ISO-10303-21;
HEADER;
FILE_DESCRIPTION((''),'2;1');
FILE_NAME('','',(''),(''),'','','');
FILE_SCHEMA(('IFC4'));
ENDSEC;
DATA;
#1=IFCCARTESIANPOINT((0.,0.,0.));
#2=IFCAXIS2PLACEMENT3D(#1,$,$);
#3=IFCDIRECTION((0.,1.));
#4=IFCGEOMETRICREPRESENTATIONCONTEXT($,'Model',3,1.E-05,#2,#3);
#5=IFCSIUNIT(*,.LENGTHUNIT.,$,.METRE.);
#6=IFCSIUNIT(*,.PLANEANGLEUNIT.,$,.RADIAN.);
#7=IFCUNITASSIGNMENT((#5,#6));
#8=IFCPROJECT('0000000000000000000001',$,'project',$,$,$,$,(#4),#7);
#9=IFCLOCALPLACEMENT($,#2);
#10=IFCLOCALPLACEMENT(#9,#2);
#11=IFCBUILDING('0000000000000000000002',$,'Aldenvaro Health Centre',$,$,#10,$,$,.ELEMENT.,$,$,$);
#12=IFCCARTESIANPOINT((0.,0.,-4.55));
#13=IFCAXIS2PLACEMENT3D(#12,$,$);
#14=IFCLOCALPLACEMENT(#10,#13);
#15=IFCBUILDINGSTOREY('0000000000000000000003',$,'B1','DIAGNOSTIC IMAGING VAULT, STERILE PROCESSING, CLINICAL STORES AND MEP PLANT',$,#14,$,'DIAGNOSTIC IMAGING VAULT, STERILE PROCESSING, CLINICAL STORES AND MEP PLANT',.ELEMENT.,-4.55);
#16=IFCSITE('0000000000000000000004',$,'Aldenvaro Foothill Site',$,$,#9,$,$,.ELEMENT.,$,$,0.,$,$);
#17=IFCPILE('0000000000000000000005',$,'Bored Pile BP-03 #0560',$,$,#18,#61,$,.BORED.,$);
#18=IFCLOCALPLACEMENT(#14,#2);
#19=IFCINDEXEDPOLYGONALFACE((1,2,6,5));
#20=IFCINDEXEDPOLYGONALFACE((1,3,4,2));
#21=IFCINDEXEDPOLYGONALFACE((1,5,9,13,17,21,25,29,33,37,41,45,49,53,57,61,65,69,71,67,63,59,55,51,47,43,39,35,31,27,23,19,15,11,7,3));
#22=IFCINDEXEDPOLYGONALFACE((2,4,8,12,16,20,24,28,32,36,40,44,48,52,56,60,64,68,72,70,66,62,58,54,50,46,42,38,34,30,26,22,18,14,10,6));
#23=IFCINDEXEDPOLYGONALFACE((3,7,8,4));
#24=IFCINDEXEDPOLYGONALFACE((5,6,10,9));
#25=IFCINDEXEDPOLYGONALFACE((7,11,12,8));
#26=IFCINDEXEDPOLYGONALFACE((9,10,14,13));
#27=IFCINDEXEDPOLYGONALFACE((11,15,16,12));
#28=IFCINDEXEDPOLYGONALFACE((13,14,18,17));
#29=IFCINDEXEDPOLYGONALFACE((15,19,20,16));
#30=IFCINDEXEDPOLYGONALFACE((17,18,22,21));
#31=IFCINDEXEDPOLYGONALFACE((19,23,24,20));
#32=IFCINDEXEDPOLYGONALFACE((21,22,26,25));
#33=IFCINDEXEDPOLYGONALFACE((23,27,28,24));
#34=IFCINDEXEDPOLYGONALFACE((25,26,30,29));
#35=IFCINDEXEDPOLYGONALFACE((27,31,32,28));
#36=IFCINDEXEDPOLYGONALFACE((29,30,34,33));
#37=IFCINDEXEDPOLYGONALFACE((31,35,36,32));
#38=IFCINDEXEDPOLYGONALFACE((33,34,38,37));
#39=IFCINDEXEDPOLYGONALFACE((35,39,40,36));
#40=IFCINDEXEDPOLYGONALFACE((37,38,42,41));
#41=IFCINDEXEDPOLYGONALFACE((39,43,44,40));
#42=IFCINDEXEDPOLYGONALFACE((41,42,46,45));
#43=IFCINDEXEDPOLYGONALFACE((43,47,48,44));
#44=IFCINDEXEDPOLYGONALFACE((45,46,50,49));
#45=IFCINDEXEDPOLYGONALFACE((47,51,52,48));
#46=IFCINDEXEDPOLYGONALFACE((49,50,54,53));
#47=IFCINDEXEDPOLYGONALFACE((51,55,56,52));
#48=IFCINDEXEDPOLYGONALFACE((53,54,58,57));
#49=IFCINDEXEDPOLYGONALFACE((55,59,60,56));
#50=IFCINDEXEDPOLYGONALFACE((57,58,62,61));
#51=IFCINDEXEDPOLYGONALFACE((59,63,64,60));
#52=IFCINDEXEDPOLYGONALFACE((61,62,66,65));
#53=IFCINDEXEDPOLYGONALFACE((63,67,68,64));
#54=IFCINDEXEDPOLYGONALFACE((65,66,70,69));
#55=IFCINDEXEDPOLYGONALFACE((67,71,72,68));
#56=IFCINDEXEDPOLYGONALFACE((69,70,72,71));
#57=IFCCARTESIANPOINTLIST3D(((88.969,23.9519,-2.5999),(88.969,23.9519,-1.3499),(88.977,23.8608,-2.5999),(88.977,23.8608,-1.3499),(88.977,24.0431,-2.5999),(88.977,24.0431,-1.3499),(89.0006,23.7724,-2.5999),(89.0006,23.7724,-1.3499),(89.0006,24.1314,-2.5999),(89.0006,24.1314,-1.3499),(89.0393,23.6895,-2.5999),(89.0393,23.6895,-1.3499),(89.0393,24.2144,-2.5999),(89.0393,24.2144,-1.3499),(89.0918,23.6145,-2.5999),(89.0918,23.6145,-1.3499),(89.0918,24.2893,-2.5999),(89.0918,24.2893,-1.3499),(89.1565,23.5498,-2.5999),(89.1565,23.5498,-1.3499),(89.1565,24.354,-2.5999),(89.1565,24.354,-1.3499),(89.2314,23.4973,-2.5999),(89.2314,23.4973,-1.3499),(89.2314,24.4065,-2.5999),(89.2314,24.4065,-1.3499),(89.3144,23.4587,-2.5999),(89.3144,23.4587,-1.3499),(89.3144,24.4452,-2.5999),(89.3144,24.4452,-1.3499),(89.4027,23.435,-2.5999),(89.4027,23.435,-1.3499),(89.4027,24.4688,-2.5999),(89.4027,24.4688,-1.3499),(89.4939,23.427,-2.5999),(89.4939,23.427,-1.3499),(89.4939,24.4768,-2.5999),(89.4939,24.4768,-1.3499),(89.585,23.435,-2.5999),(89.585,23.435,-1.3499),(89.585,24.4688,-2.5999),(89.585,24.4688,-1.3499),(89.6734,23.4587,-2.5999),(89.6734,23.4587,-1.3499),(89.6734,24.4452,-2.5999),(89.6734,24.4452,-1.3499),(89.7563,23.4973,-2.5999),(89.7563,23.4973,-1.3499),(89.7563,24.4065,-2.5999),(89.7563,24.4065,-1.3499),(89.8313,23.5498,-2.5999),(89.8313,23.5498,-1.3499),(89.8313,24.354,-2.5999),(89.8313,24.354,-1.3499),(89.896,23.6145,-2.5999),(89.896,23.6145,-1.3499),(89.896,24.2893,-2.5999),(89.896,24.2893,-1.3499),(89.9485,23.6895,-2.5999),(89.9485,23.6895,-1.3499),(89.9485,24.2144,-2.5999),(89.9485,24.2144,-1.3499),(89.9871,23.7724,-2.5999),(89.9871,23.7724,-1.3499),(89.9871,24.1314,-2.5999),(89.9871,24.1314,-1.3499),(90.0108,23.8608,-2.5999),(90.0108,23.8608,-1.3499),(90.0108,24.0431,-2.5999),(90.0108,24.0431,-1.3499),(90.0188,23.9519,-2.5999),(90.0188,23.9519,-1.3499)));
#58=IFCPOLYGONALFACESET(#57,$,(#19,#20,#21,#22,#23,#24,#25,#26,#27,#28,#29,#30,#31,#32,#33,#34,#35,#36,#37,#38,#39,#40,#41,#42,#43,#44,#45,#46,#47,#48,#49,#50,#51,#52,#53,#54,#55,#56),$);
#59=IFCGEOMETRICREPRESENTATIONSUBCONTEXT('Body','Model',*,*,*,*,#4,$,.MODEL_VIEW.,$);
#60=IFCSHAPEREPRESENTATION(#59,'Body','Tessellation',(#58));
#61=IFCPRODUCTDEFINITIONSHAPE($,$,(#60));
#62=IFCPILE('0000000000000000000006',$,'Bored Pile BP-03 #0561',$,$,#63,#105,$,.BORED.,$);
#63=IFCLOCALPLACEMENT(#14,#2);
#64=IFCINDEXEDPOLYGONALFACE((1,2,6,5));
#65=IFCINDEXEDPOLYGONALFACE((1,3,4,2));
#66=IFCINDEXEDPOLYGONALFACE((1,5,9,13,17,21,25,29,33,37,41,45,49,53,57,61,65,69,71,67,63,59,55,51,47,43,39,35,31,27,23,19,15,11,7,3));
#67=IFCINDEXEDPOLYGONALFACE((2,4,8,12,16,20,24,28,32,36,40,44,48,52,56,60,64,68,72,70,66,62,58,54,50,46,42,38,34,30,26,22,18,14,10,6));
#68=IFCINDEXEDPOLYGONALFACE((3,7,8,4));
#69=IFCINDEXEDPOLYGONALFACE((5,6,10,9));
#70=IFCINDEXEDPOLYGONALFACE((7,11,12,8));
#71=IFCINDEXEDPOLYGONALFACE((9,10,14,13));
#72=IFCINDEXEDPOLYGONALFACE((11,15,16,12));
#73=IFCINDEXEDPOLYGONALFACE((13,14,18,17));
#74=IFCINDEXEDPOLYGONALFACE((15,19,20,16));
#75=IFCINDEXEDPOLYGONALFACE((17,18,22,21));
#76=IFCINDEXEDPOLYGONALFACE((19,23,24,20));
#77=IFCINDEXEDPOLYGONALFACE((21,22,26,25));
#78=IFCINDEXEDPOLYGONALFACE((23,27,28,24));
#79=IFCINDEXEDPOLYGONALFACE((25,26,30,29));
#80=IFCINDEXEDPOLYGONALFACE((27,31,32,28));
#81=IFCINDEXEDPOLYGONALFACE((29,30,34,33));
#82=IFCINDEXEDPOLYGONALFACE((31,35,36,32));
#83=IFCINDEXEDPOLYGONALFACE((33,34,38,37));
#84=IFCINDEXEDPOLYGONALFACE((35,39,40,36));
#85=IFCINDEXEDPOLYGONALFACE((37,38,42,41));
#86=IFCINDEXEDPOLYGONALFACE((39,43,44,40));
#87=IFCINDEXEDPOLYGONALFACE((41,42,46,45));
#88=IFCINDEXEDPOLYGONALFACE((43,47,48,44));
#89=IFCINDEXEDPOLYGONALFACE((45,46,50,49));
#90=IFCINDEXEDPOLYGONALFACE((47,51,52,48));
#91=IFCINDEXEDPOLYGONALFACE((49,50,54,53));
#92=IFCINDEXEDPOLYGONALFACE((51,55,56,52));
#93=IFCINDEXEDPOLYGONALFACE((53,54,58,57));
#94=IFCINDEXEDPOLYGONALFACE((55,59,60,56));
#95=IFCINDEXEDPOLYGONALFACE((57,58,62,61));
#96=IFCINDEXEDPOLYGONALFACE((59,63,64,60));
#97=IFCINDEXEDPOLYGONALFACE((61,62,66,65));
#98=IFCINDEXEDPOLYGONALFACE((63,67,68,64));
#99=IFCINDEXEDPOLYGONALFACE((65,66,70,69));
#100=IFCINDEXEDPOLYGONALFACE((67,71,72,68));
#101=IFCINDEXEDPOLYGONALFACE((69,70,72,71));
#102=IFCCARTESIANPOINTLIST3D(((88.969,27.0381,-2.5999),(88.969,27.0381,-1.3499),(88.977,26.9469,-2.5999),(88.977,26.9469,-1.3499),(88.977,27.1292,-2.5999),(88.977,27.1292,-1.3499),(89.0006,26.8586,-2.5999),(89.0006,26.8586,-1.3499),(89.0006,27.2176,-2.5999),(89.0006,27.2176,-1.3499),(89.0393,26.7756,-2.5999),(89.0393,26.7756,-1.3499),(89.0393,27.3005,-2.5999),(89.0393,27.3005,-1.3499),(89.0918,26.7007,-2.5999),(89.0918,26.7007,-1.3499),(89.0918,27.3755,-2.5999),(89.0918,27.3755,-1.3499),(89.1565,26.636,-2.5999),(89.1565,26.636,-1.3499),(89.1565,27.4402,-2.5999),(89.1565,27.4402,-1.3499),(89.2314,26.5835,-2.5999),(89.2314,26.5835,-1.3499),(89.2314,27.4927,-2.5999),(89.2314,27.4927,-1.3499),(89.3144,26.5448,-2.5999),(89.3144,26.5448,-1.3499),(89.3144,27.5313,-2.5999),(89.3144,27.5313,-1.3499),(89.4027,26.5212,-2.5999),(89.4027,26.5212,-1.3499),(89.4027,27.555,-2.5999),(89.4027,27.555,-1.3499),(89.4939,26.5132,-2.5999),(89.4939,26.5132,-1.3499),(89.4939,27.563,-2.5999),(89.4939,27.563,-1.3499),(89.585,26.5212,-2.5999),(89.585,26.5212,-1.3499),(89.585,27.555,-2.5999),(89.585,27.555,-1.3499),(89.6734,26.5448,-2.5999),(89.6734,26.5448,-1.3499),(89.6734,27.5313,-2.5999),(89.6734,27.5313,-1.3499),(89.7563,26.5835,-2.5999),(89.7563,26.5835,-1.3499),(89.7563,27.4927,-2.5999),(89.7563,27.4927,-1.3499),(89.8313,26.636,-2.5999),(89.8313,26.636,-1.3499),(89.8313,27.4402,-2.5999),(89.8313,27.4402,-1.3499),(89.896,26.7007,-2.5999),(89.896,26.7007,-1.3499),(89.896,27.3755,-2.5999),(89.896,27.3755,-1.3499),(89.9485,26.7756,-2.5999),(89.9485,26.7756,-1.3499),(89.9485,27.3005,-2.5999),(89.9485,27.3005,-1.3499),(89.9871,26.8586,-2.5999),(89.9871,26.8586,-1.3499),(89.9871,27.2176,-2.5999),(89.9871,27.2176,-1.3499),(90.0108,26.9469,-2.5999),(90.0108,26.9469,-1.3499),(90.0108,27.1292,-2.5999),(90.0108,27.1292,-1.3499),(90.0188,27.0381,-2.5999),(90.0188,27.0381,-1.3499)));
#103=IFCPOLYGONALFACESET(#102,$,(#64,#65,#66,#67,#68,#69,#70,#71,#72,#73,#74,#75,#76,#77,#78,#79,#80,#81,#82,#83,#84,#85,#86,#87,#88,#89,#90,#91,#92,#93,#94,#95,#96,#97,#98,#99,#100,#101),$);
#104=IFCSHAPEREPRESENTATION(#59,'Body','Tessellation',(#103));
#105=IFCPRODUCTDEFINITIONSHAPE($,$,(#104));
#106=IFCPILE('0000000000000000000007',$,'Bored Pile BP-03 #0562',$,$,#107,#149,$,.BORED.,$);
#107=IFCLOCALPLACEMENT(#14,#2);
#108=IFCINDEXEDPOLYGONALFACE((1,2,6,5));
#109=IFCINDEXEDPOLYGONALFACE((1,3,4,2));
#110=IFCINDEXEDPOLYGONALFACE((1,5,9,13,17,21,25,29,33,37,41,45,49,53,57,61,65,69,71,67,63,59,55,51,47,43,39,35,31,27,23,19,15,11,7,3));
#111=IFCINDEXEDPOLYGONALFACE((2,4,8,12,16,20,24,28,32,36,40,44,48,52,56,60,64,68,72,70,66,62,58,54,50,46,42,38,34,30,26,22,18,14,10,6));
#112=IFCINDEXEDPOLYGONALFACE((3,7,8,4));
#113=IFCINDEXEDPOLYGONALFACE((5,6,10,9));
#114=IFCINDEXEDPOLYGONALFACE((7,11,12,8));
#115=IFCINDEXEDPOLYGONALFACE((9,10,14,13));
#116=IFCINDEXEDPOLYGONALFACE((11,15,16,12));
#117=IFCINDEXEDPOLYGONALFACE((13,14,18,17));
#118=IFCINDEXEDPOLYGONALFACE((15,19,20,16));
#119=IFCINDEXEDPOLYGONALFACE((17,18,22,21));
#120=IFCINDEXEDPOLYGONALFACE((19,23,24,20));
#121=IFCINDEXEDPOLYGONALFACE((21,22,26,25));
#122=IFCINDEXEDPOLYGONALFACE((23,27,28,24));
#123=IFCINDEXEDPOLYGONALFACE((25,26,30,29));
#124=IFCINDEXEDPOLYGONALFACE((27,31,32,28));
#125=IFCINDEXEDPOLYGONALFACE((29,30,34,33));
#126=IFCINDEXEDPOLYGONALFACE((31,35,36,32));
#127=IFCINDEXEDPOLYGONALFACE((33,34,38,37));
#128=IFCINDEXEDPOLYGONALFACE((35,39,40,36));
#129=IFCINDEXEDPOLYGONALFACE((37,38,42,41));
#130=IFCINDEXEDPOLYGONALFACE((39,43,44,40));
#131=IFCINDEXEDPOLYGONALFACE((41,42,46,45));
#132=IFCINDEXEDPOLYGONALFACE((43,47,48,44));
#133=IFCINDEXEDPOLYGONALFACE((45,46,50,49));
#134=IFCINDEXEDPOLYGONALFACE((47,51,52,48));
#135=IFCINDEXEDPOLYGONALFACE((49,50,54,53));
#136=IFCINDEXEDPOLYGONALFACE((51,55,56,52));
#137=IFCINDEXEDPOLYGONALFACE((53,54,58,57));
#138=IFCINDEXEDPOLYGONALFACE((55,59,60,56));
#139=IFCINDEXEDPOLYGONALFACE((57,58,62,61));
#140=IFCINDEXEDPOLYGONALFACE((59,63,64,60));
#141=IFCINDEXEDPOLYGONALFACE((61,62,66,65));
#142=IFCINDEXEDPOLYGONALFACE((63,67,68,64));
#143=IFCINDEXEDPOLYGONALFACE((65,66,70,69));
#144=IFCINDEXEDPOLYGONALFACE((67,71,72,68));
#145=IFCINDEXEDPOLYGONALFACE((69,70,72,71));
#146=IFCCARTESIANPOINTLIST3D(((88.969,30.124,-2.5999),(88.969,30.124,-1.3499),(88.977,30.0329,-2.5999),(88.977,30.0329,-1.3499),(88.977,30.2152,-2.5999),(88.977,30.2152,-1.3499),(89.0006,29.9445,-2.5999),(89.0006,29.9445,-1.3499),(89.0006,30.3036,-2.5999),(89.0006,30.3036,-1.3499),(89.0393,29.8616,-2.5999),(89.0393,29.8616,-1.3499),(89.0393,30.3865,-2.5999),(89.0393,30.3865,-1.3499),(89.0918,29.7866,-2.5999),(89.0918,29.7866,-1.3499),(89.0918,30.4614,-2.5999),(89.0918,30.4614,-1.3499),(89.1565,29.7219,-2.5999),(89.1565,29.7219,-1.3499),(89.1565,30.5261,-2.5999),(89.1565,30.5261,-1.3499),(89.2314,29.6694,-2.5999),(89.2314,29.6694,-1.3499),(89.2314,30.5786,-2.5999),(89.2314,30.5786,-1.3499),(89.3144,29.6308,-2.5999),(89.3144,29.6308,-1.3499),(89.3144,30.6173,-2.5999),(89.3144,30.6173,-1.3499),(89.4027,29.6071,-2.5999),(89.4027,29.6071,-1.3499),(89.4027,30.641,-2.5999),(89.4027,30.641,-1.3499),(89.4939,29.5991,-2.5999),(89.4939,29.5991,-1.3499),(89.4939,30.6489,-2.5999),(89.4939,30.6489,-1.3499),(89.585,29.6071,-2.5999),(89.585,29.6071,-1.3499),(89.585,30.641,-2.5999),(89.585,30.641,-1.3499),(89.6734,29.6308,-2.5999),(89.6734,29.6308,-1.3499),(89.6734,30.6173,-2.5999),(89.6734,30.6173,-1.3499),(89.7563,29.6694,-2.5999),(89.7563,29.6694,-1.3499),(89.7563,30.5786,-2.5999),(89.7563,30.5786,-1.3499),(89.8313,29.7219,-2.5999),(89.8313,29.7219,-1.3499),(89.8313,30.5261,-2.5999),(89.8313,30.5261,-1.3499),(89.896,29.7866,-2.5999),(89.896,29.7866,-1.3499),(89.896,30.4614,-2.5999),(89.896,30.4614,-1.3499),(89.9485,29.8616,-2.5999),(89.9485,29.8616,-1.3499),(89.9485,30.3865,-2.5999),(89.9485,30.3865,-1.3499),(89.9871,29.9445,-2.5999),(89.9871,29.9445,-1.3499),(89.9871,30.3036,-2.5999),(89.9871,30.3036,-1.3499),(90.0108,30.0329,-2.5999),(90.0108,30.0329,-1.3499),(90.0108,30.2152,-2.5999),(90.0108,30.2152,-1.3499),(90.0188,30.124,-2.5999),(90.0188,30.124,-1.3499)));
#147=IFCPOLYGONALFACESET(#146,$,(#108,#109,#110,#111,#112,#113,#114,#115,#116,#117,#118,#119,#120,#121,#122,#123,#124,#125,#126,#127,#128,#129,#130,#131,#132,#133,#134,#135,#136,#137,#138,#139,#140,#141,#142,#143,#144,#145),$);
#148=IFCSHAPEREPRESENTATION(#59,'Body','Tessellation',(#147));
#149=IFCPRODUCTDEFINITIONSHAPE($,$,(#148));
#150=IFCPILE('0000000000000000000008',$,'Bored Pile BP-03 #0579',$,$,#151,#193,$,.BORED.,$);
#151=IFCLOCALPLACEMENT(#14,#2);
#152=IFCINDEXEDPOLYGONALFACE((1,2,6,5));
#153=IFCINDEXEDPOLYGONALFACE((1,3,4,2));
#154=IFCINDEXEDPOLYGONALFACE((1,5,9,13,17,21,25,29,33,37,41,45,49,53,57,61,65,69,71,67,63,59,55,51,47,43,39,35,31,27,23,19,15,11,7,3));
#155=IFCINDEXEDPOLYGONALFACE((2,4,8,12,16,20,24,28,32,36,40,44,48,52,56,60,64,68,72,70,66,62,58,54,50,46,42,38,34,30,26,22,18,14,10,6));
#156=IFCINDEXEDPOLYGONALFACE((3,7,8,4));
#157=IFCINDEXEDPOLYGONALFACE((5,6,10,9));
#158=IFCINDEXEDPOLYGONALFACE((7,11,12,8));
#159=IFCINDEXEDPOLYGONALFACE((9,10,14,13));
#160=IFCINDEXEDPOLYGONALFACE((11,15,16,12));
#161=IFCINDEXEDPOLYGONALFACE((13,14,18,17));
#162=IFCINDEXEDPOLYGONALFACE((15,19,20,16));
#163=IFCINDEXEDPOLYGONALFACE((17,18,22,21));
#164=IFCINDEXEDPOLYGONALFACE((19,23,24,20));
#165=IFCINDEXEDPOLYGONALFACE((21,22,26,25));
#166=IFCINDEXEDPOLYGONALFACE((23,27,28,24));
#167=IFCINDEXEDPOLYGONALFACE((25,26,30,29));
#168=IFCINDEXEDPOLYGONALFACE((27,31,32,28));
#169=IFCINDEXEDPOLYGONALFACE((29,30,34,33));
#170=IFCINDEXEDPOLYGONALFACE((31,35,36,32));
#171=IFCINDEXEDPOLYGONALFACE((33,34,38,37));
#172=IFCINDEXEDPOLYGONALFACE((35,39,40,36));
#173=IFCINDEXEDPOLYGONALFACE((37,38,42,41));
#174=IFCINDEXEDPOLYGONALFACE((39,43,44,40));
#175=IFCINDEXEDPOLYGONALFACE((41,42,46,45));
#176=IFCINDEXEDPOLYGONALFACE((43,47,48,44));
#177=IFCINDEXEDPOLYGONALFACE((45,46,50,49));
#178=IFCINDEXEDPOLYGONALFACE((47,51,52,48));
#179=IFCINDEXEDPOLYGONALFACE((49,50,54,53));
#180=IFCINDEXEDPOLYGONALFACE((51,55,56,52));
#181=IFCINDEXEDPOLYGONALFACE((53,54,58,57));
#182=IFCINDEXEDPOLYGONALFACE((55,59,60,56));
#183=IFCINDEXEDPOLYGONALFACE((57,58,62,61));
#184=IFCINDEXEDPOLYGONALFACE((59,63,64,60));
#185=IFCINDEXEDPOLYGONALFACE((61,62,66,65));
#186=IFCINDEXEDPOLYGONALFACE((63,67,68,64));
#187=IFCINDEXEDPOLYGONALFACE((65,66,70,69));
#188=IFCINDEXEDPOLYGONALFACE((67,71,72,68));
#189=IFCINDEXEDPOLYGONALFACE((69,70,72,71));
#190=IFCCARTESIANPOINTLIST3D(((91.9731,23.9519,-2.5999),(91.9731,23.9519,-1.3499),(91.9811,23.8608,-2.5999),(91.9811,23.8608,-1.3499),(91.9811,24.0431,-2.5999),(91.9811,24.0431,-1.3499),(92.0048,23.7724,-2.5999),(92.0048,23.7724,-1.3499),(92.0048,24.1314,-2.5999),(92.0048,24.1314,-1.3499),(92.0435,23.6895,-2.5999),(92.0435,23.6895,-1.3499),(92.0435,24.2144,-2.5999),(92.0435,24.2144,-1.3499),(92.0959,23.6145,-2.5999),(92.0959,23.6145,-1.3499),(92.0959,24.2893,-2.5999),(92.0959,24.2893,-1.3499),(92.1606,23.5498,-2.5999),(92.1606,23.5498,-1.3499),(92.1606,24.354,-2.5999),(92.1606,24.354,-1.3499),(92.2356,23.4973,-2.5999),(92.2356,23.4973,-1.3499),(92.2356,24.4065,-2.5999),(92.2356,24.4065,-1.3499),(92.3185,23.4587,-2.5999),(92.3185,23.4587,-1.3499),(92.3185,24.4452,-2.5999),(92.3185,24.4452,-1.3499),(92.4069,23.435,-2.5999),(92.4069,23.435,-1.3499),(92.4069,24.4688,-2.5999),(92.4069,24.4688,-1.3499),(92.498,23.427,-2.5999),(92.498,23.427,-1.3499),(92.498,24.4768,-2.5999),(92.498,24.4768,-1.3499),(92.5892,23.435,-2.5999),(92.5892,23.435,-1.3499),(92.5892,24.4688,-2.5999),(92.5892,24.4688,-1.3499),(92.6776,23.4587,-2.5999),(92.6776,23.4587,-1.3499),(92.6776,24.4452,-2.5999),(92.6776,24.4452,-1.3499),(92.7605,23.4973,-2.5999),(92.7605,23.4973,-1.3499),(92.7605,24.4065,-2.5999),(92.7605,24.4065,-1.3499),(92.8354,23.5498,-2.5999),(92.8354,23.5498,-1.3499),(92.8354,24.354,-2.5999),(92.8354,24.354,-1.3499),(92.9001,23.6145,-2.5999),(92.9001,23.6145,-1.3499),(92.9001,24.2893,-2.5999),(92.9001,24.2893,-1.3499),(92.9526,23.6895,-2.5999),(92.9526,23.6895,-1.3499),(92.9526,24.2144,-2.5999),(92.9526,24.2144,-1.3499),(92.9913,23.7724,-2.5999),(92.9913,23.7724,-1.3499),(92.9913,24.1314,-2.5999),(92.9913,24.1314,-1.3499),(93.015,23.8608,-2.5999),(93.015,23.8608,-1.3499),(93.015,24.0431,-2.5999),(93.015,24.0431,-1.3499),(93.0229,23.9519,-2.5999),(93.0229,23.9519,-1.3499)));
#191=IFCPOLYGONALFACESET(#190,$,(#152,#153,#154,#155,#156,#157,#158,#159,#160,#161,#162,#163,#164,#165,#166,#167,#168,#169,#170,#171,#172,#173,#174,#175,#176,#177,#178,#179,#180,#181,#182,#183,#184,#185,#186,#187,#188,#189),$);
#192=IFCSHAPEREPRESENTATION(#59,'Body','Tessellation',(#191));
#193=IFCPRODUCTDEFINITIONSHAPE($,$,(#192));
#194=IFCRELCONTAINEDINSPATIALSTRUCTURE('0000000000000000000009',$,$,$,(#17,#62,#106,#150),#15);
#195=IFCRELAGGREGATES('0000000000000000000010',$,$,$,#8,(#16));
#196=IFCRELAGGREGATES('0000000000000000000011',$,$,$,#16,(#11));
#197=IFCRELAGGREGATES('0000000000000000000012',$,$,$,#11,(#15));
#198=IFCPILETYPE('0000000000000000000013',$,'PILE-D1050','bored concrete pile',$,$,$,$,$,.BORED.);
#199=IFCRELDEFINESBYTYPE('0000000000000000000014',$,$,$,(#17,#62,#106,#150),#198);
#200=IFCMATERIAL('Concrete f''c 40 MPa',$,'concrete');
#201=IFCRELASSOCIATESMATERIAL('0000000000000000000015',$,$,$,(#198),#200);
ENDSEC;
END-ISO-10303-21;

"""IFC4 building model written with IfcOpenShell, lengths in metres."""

from ifc_helpers import new_model, si_unit, direction, frame, origin, origin_2d, place, context, subcontext, project, spatial, circle, extrude, material, material_profile, profile_set, type_object, element, save


model = new_model("IFC4")

# Units and contexts
model_context = context("Model", 3, precision=1e-05, world=origin(), true_north=direction((0.0, 1.0)))
body_context = subcontext(model_context, "Body", "Model", "MODEL_VIEW")
ifc_project = project(units=[si_unit("LENGTHUNIT", "METRE"), si_unit("PLANEANGLEUNIT", "RADIAN")], contexts=[model_context])

# Site, building, storey
site_placement = place(None, origin())
site = spatial("IfcSite", under=ifc_project, at=site_placement, Name="Aldenvaro Foothill Site", CompositionType="ELEMENT", RefElevation=0.0)
building_placement = place(site_placement, origin())
building = spatial("IfcBuilding", under=site, at=building_placement, Name="Aldenvaro Health Centre", CompositionType="ELEMENT")
storey_placement = place(building_placement, frame((0.0, 0.0, -4.55)))
storey = spatial("IfcBuildingStorey", under=building, at=storey_placement, Name="B1", Description="DIAGNOSTIC IMAGING VAULT, STERILE PROCESSING, CLINICAL STORES AND MEP PLANT", LongName="DIAGNOSTIC IMAGING VAULT, STERILE PROCESSING, CLINICAL STORES AND MEP PLANT", CompositionType="ELEMENT", Elevation=-4.55)

# Piles
ifc_material_1 = material(Name="Concrete f'c 40 MPa", Category="concrete")
ifc_material_profile_1 = material_profile(ifc_material_1, circle(Radius=0.5249, at=origin_2d()), Name="PILE D1050", Category="concrete")
ifc_profile_set_1 = profile_set([ifc_material_profile_1], Name="Concrete f'c 40 MPa")
pile_type = type_object("IfcPileType", Name="PILE-D1050", Description="bored concrete pile", PredefinedType="BORED", material=ifc_profile_set_1)
for number, where, z_axis, x_axis, name in (
    (1, (89.4939, 23.9519, -1.3499), (0.0, 0.0, -1.0), (1.0, 0.0, 0.0), "Bored Pile BP-03 #0560"),
    (2, (89.4939, 27.0381, -1.3499), (0.0, 0.0, -1.0), (1.0, 0.0, 0.0), "Bored Pile BP-03 #0561"),
    (3, (89.4939, 30.124, -1.3499), (0.0, 0.0, -1.0), (1.0, 0.0, 0.0), "Bored Pile BP-03 #0562"),
    (4, (92.498, 23.9519, -1.3499), (0.0, 0.0, -1.0), (1.0, 0.0, 0.0), "Bored Pile BP-03 #0579"),
):
    element("IfcPile", number, at=place(storey_placement, frame(where, z_axis=z_axis, x_axis=x_axis)), inside=storey, type_object=pile_type, Name=name, PredefinedType="BORED", context=body_context, shape_type="SweptSolid", body=[
        extrude(circle(Radius=0.5249, at=origin_2d()), origin(), (0.0, 0.0, 1.0), 1.25),
    ])

save(model, "model.ifc")
